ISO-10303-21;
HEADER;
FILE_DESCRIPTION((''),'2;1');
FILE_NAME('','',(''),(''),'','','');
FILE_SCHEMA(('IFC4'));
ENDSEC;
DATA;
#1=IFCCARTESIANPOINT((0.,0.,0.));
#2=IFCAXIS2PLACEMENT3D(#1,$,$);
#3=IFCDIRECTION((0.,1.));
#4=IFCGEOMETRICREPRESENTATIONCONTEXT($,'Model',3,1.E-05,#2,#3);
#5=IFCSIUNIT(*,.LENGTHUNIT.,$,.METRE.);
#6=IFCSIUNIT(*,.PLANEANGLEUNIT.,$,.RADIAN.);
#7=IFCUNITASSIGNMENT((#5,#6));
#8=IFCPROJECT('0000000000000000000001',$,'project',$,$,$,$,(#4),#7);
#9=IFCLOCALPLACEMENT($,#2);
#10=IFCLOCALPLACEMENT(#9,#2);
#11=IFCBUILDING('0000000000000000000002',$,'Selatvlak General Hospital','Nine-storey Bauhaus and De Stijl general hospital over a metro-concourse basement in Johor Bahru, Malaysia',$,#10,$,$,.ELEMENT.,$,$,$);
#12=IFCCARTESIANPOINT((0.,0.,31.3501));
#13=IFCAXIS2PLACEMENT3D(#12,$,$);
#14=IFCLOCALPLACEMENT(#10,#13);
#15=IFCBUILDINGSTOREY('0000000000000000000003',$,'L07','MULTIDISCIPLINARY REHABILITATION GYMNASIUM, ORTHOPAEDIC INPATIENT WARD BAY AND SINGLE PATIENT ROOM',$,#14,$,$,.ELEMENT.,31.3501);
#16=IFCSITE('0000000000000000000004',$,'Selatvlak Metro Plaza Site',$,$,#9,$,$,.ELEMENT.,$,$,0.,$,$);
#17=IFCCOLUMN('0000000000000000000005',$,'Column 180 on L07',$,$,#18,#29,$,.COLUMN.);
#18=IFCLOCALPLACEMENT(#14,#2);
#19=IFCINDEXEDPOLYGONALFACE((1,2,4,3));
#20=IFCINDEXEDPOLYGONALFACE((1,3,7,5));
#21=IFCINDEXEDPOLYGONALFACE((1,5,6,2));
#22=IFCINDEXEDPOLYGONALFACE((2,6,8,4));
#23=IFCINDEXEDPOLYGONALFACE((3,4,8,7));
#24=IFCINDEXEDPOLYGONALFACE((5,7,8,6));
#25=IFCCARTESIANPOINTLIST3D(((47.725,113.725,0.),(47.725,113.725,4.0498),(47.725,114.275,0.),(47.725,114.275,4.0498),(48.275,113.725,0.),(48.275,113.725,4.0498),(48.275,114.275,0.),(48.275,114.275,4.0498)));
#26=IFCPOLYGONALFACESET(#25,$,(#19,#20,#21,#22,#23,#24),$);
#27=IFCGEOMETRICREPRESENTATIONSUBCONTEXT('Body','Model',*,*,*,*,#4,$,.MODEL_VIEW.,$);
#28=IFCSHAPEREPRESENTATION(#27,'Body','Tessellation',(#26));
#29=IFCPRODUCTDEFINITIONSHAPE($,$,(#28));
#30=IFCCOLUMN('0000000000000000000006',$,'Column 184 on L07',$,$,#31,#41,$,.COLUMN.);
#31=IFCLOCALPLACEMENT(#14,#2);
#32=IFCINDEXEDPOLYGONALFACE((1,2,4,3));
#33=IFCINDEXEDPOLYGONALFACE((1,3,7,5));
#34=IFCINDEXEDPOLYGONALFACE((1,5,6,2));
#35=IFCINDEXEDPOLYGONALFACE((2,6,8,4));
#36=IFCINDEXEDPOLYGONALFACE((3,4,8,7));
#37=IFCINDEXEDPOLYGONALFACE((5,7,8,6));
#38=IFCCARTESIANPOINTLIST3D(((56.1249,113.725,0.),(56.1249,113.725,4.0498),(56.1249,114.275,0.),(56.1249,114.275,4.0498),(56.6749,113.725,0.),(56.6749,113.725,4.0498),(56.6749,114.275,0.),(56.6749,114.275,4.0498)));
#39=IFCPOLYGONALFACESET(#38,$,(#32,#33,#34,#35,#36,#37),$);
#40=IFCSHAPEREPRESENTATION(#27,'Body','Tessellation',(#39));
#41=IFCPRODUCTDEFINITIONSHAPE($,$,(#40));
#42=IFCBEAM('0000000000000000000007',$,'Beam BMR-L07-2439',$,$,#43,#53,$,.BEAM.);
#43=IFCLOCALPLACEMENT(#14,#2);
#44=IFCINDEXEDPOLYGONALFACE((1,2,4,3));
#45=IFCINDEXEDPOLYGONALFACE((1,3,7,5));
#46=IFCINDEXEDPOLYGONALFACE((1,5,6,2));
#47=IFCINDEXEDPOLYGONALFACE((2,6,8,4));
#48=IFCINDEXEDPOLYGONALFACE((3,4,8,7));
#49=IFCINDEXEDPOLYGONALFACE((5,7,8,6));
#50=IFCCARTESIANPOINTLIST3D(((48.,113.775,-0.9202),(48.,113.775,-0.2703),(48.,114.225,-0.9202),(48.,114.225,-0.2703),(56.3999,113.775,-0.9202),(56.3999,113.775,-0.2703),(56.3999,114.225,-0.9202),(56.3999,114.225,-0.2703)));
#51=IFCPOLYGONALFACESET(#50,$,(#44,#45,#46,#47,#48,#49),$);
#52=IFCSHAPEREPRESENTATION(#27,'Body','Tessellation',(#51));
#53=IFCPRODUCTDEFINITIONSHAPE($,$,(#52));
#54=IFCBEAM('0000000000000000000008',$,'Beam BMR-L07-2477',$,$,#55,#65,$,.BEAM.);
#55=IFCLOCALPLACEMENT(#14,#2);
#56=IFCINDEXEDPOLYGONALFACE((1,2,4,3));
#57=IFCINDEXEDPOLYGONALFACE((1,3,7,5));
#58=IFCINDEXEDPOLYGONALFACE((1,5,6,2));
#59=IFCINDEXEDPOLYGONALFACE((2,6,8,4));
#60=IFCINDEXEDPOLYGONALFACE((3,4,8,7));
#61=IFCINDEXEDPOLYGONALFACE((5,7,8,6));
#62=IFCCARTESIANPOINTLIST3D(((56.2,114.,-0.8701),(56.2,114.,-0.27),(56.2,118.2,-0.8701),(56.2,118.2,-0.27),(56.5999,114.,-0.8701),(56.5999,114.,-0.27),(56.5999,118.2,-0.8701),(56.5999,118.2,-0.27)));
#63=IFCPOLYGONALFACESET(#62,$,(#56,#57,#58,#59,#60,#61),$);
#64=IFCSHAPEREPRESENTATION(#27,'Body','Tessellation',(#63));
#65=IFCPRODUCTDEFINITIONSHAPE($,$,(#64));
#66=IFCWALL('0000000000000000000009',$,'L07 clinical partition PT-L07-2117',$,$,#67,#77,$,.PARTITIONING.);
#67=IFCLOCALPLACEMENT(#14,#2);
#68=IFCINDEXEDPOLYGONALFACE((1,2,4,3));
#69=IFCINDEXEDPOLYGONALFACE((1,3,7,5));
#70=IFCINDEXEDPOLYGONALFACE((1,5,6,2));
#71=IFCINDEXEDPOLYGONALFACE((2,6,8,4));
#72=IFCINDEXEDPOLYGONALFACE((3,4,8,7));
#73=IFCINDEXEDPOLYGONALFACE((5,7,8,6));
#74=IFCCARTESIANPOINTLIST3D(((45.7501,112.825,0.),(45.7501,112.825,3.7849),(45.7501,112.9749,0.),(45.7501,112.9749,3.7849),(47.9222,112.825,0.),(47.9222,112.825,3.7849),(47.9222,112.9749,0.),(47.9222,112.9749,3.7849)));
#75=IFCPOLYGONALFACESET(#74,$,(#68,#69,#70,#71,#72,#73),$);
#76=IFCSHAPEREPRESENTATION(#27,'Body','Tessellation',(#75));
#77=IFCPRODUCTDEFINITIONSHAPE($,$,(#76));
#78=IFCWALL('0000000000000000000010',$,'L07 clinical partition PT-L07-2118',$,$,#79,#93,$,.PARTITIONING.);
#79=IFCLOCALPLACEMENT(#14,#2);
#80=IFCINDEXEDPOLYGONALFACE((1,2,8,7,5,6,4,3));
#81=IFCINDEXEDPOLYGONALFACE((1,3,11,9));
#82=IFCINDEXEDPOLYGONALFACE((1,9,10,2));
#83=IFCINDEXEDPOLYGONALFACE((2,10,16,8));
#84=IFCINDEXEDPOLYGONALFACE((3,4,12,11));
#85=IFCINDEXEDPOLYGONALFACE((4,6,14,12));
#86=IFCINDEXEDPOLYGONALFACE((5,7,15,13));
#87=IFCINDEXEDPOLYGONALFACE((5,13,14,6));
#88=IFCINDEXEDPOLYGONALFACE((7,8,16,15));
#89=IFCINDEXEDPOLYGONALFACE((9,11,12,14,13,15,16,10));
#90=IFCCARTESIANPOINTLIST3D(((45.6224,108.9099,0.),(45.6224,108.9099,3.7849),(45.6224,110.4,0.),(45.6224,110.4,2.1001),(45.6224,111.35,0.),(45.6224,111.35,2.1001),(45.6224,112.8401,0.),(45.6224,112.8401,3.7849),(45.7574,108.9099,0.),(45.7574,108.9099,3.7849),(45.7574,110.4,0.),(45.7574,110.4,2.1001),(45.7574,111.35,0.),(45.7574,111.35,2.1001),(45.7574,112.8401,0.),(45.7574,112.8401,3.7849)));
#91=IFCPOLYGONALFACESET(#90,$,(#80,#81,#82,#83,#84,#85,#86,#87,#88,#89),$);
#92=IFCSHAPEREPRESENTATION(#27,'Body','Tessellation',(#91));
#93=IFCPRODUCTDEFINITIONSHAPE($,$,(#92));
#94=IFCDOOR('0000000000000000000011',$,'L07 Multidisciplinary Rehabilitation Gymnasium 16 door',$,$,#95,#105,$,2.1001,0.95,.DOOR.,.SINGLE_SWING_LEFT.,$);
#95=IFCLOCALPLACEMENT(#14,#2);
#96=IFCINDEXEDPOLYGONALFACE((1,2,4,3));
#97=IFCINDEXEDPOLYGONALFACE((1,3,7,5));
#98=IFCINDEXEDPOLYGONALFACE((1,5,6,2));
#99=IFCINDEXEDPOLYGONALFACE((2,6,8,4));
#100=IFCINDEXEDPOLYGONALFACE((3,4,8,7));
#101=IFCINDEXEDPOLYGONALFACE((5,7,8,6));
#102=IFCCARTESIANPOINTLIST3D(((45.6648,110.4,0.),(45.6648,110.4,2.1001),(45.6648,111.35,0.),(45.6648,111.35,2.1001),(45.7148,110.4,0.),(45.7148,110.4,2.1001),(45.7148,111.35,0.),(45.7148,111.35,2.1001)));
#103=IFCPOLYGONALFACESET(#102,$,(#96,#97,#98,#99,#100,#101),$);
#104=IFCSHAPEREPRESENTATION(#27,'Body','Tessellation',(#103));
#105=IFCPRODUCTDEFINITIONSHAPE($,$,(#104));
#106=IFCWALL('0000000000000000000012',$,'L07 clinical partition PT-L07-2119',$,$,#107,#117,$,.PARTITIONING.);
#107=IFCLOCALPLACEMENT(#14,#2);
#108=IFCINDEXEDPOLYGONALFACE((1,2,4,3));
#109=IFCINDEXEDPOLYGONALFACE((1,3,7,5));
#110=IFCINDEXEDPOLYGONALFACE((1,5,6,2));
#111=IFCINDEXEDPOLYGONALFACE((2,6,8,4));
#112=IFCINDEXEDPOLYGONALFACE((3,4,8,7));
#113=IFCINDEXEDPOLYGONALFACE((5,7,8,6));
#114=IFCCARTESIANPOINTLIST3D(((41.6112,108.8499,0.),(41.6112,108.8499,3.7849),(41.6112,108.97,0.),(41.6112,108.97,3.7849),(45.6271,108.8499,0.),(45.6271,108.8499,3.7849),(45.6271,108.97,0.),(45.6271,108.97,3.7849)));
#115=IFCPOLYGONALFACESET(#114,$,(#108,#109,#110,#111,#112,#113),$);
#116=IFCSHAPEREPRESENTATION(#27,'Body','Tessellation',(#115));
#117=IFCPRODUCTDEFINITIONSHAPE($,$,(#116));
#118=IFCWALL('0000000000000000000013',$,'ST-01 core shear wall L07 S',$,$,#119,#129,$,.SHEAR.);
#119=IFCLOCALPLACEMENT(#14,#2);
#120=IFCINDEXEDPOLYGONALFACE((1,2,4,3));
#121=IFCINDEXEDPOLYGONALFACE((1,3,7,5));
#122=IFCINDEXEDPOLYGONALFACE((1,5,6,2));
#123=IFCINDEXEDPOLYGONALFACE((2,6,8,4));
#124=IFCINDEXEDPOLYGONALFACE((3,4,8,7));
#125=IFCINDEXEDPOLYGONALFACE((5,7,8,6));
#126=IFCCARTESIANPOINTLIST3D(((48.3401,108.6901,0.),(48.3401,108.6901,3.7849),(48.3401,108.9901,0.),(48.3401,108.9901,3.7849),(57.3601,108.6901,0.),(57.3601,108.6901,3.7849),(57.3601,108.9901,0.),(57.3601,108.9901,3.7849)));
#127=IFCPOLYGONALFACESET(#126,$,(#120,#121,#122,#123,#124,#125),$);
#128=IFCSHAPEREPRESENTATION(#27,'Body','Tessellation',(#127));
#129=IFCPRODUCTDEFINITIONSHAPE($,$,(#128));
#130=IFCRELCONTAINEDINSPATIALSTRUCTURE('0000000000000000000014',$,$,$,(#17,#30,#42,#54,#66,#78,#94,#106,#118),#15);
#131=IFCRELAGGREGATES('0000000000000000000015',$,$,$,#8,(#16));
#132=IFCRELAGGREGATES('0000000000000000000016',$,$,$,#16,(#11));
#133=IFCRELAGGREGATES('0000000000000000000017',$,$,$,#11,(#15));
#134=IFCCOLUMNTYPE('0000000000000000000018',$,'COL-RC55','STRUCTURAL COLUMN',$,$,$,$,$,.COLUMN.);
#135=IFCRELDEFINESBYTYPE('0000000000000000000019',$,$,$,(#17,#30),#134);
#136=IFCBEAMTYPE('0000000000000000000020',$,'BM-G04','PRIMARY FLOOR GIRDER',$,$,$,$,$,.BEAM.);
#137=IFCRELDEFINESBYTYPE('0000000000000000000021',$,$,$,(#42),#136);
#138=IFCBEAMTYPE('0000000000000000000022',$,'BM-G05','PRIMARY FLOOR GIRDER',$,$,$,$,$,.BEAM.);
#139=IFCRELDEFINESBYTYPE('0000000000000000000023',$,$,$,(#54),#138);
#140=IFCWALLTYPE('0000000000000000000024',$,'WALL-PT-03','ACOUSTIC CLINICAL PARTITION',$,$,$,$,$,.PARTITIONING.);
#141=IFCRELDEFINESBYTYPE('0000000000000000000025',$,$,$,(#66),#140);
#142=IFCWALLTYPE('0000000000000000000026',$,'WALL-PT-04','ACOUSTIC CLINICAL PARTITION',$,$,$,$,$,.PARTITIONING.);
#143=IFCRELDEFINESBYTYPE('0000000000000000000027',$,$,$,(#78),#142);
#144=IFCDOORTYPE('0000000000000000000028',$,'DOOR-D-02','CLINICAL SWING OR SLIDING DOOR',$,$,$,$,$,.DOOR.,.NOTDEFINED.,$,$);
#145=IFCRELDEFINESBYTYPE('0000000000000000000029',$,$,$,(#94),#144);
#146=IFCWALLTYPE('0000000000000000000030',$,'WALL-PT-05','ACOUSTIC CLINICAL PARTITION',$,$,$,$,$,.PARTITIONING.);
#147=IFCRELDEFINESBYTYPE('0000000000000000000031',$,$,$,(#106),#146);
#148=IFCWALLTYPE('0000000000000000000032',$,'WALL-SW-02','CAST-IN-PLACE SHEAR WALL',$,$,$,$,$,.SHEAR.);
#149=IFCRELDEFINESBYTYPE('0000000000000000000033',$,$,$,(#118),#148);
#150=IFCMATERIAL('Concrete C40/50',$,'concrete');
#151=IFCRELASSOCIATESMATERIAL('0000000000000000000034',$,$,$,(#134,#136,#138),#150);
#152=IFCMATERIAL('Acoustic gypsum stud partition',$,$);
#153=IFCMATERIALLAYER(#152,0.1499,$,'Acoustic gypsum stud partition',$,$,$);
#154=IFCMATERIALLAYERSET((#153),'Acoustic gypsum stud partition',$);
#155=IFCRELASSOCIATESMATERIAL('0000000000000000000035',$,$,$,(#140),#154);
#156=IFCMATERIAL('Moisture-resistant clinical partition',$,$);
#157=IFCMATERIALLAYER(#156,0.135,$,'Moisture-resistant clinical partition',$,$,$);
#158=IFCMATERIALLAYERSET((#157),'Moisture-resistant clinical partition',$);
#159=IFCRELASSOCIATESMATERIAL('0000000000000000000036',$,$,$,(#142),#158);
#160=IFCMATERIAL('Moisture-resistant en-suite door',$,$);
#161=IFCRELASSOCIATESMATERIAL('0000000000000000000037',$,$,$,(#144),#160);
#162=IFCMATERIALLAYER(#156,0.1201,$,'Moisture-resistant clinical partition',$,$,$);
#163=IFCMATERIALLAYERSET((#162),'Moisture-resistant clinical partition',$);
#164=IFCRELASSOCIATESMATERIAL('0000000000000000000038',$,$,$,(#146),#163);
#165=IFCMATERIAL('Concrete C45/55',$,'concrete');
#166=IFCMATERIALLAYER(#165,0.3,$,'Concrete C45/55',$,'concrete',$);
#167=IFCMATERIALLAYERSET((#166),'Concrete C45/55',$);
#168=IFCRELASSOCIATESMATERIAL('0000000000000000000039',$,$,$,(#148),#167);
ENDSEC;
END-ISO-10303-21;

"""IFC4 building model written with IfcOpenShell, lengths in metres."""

from ifc_helpers import new_model, si_unit, direction, frame, frame_2d, origin, origin_2d, place, context, subcontext, project, spatial, rectangle, extrude, material, layer, layer_set, material_profile, profile_set, type_object, element, fill, save


model = new_model("IFC4")

# Units and contexts
model_context = context("Model", 3, precision=1e-05, world=origin(), true_north=direction((0.0, 1.0)))
body_context = subcontext(model_context, "Body", "Model", "MODEL_VIEW")
ifc_project = project(units=[si_unit("LENGTHUNIT", "METRE"), si_unit("PLANEANGLEUNIT", "RADIAN")], contexts=[model_context])

# Site, building, storey
site_placement = place(None, origin())
site = spatial("IfcSite", under=ifc_project, at=site_placement, Name="Selatvlak Metro Plaza Site", CompositionType="ELEMENT", RefElevation=0.0)
building_placement = place(site_placement, origin())
building = spatial("IfcBuilding", under=site, at=building_placement, Name="Selatvlak General Hospital", Description="Nine-storey Bauhaus and De Stijl general hospital over a metro-concourse basement in Johor Bahru, Malaysia", CompositionType="ELEMENT")
storey_placement = place(building_placement, frame((0.0, 0.0, 31.3501)))
storey = spatial("IfcBuildingStorey", under=building, at=storey_placement, Name="L07", Description="MULTIDISCIPLINARY REHABILITATION GYMNASIUM, ORTHOPAEDIC INPATIENT WARD BAY AND SINGLE PATIENT ROOM", CompositionType="ELEMENT", Elevation=31.3501)

# Columns
ifc_material_1 = material(Name="Concrete C40/50", Category="concrete")
ifc_material_profile_1 = material_profile(ifc_material_1, rectangle(XDim=0.55, YDim=0.55, at=origin_2d()), Name="RC-COL 550x550")
ifc_profile_set_1 = profile_set([ifc_material_profile_1], Name="Concrete C40/50")
column_type = type_object("IfcColumnType", Name="COL-RC55", Description="STRUCTURAL COLUMN", PredefinedType="COLUMN", material=ifc_profile_set_1)
for number, where, z_axis, x_axis, name in (
    (1, (48.0, 114.0, 0.0), (0.0, 0.0, 1.0), (1.0, 0.0, 0.0), "Column 180 on L07"),
    (2, (56.3999, 114.0, 0.0), (0.0, 0.0, 1.0), (1.0, 0.0, 0.0), "Column 184 on L07"),
):
    element("IfcColumn", number, at=place(storey_placement, frame(where, z_axis=z_axis, x_axis=x_axis)), inside=storey, type_object=column_type, Name=name, PredefinedType="COLUMN", context=body_context, shape_type="SweptSolid", body=[
        extrude(rectangle(XDim=0.55, YDim=0.55, at=origin_2d()), origin(), (0.0, 0.0, 1.0), 4.0498),
    ])

# Beams
ifc_material_profile_2 = material_profile(ifc_material_1, rectangle(XDim=0.45, YDim=0.6499, at=origin_2d()), Name="RC-BM 450x650")
ifc_profile_set_2 = profile_set([ifc_material_profile_2], Name="Concrete C40/50")
beam_type_1 = type_object("IfcBeamType", Name="BM-G04", Description="PRIMARY FLOOR GIRDER", PredefinedType="BEAM", material=ifc_profile_set_2)
beam_1_placement = place(storey_placement, frame((48.0, 114.0, -0.5952), z_axis=(1.0, 0.0, 0.0), x_axis=(0.0, 1.0, 0.0)))
element("IfcBeam", 3, at=beam_1_placement, inside=storey, type_object=beam_type_1, Name="Beam BMR-L07-2439", PredefinedType="BEAM", context=body_context, shape_type="SweptSolid", body=[
    extrude(rectangle(XDim=0.45, YDim=0.6499, at=origin_2d()), origin(), (0.0, 0.0, 1.0), 8.3999),
])
ifc_material_profile_3 = material_profile(ifc_material_1, rectangle(XDim=0.3999, YDim=0.6001, at=origin_2d()), Name="RC-BM 400x600")
ifc_profile_set_3 = profile_set([ifc_material_profile_3], Name="Concrete C40/50")
beam_type_2 = type_object("IfcBeamType", Name="BM-G05", Description="PRIMARY FLOOR GIRDER", PredefinedType="BEAM", material=ifc_profile_set_3)
beam_2_placement = place(storey_placement, frame((56.3999, 114.0, -0.5701), z_axis=(0.0, 1.0, 0.0), x_axis=(-1.0, 0.0, 0.0)))
element("IfcBeam", 4, at=beam_2_placement, inside=storey, type_object=beam_type_2, Name="Beam BMR-L07-2477", PredefinedType="BEAM", context=body_context, shape_type="SweptSolid", body=[
    extrude(rectangle(XDim=0.3999, YDim=0.6001, at=origin_2d()), origin(), (0.0, 0.0, 1.0), 4.2),
])

# Wall
ifc_material_2 = material(Name="Acoustic gypsum stud partition")
ifc_layer_1 = layer(ifc_material_2, 0.1499, Name="Acoustic gypsum stud partition")
ifc_layer_set_1 = layer_set([ifc_layer_1], Name="Acoustic gypsum stud partition")
wall_type_1 = type_object("IfcWallType", Name="WALL-PT-03", Description="ACOUSTIC CLINICAL PARTITION", PredefinedType="PARTITIONING", material=ifc_layer_set_1)
wall_1_placement = place(storey_placement, frame((47.9221, 112.8999, 0.0), z_axis=(0.0, 0.0, 1.0), x_axis=(-1.0, 0.0, 0.0)))
element("IfcWall", 5, at=wall_1_placement, inside=storey, type_object=wall_type_1, Name="L07 clinical partition PT-L07-2117", PredefinedType="PARTITIONING", context=body_context, shape_type="SweptSolid", body=[
    extrude(rectangle(XDim=2.1721, YDim=0.1499, at=frame_2d((1.0859, 0.0))), origin(), (0.0, 0.0, 1.0), 3.7849),
])

# Wall, opening, door
ifc_material_3 = material(Name="Moisture-resistant clinical partition")
ifc_layer_2 = layer(ifc_material_3, 0.135, Name="Moisture-resistant clinical partition")
ifc_layer_set_2 = layer_set([ifc_layer_2], Name="Moisture-resistant clinical partition")
wall_type_2 = type_object("IfcWallType", Name="WALL-PT-04", Description="ACOUSTIC CLINICAL PARTITION", PredefinedType="PARTITIONING", material=ifc_layer_set_2)
wall_2_placement = place(storey_placement, frame((45.6899, 112.8401, 0.0), z_axis=(0.0, 0.0, 1.0), x_axis=(0.0, -1.0, 0.0)))
wall_2 = element("IfcWall", 6, at=wall_2_placement, inside=storey, type_object=wall_type_2, Name="L07 clinical partition PT-L07-2118", PredefinedType="PARTITIONING", context=body_context, shape_type="SweptSolid", body=[
    extrude(rectangle(XDim=3.9302, YDim=0.135, at=frame_2d((1.9651, 0.0))), origin(), (0.0, 0.0, 1.0), 3.7849),
])
opening_1_placement = place(wall_2_placement, frame((1.49, 0.0, 0.0)))
opening_1 = element("IfcOpeningElement", 7, at=opening_1_placement, cuts=wall_2, PredefinedType="OPENING", context=body_context, shape_type="SweptSolid", body=[
    extrude(rectangle(XDim=0.95, YDim=2.1001, at=frame_2d((0.4751, 1.05))), frame((0.0, 0.0774, 0.0), z_axis=(0.0, -1.0, 0.0), x_axis=(1.0, 0.0, 0.0)), (0.0, 0.0, 1.0), 0.155),
])
ifc_material_4 = material(Name="Moisture-resistant en-suite door")
door_type_1 = type_object("IfcDoorType", Name="DOOR-D-02", Description="CLINICAL SWING OR SLIDING DOOR", OperationType="NOTDEFINED", PredefinedType="DOOR", material=ifc_material_4)
door_1_placement = place(opening_1_placement, origin())
door_1 = element("IfcDoor", 8, at=door_1_placement, inside=storey, type_object=door_type_1, Name="L07 Multidisciplinary Rehabilitation Gymnasium 16 door", OperationType="SINGLE_SWING_LEFT", OverallHeight=2.1001, OverallWidth=0.95, PredefinedType="DOOR", context=body_context, shape_type="SweptSolid", body=[
    extrude(rectangle(XDim=0.95, YDim=2.1001, at=frame_2d((0.4751, 1.05))), frame((0.0, 0.0249, 0.0), z_axis=(0.0, -1.0, 0.0), x_axis=(1.0, 0.0, 0.0)), (0.0, 0.0, 1.0), 0.05),
])
fill(opening_1, door_1)

# Walls
ifc_layer_3 = layer(ifc_material_3, 0.1201, Name="Moisture-resistant clinical partition")
ifc_layer_set_3 = layer_set([ifc_layer_3], Name="Moisture-resistant clinical partition")
wall_type_3 = type_object("IfcWallType", Name="WALL-PT-05", Description="ACOUSTIC CLINICAL PARTITION", PredefinedType="PARTITIONING", material=ifc_layer_set_3)
wall_3_placement = place(storey_placement, frame((45.627, 108.9099, 0.0), z_axis=(0.0, 0.0, 1.0), x_axis=(-1.0, 0.0, 0.0)))
element("IfcWall", 9, at=wall_3_placement, inside=storey, type_object=wall_type_3, Name="L07 clinical partition PT-L07-2119", PredefinedType="PARTITIONING", context=body_context, shape_type="SweptSolid", body=[
    extrude(rectangle(XDim=4.0159, YDim=0.1201, at=frame_2d((2.0078, 0.0))), origin(), (0.0, 0.0, 1.0), 3.7849),
])
ifc_material_5 = material(Name="Concrete C45/55", Category="concrete")
ifc_layer_4 = layer(ifc_material_5, 0.3, Name="Concrete C45/55", Category="concrete")
ifc_layer_set_4 = layer_set([ifc_layer_4], Name="Concrete C45/55")
wall_type_4 = type_object("IfcWallType", Name="WALL-SW-02", Description="CAST-IN-PLACE SHEAR WALL", PredefinedType="SHEAR", material=ifc_layer_set_4)
wall_4_placement = place(storey_placement, frame((48.3401, 108.8401, 0.0), z_axis=(0.0, 0.0, 1.0), x_axis=(1.0, 0.0, 0.0)))
element("IfcWall", 10, at=wall_4_placement, inside=storey, type_object=wall_type_4, Name="ST-01 core shear wall L07 S", PredefinedType="SHEAR", context=body_context, shape_type="SweptSolid", body=[
    extrude(rectangle(XDim=9.02, YDim=0.3, at=frame_2d((4.51, 0.0))), origin(), (0.0, 0.0, 1.0), 3.7849),
])

save(model, "model.ifc")
